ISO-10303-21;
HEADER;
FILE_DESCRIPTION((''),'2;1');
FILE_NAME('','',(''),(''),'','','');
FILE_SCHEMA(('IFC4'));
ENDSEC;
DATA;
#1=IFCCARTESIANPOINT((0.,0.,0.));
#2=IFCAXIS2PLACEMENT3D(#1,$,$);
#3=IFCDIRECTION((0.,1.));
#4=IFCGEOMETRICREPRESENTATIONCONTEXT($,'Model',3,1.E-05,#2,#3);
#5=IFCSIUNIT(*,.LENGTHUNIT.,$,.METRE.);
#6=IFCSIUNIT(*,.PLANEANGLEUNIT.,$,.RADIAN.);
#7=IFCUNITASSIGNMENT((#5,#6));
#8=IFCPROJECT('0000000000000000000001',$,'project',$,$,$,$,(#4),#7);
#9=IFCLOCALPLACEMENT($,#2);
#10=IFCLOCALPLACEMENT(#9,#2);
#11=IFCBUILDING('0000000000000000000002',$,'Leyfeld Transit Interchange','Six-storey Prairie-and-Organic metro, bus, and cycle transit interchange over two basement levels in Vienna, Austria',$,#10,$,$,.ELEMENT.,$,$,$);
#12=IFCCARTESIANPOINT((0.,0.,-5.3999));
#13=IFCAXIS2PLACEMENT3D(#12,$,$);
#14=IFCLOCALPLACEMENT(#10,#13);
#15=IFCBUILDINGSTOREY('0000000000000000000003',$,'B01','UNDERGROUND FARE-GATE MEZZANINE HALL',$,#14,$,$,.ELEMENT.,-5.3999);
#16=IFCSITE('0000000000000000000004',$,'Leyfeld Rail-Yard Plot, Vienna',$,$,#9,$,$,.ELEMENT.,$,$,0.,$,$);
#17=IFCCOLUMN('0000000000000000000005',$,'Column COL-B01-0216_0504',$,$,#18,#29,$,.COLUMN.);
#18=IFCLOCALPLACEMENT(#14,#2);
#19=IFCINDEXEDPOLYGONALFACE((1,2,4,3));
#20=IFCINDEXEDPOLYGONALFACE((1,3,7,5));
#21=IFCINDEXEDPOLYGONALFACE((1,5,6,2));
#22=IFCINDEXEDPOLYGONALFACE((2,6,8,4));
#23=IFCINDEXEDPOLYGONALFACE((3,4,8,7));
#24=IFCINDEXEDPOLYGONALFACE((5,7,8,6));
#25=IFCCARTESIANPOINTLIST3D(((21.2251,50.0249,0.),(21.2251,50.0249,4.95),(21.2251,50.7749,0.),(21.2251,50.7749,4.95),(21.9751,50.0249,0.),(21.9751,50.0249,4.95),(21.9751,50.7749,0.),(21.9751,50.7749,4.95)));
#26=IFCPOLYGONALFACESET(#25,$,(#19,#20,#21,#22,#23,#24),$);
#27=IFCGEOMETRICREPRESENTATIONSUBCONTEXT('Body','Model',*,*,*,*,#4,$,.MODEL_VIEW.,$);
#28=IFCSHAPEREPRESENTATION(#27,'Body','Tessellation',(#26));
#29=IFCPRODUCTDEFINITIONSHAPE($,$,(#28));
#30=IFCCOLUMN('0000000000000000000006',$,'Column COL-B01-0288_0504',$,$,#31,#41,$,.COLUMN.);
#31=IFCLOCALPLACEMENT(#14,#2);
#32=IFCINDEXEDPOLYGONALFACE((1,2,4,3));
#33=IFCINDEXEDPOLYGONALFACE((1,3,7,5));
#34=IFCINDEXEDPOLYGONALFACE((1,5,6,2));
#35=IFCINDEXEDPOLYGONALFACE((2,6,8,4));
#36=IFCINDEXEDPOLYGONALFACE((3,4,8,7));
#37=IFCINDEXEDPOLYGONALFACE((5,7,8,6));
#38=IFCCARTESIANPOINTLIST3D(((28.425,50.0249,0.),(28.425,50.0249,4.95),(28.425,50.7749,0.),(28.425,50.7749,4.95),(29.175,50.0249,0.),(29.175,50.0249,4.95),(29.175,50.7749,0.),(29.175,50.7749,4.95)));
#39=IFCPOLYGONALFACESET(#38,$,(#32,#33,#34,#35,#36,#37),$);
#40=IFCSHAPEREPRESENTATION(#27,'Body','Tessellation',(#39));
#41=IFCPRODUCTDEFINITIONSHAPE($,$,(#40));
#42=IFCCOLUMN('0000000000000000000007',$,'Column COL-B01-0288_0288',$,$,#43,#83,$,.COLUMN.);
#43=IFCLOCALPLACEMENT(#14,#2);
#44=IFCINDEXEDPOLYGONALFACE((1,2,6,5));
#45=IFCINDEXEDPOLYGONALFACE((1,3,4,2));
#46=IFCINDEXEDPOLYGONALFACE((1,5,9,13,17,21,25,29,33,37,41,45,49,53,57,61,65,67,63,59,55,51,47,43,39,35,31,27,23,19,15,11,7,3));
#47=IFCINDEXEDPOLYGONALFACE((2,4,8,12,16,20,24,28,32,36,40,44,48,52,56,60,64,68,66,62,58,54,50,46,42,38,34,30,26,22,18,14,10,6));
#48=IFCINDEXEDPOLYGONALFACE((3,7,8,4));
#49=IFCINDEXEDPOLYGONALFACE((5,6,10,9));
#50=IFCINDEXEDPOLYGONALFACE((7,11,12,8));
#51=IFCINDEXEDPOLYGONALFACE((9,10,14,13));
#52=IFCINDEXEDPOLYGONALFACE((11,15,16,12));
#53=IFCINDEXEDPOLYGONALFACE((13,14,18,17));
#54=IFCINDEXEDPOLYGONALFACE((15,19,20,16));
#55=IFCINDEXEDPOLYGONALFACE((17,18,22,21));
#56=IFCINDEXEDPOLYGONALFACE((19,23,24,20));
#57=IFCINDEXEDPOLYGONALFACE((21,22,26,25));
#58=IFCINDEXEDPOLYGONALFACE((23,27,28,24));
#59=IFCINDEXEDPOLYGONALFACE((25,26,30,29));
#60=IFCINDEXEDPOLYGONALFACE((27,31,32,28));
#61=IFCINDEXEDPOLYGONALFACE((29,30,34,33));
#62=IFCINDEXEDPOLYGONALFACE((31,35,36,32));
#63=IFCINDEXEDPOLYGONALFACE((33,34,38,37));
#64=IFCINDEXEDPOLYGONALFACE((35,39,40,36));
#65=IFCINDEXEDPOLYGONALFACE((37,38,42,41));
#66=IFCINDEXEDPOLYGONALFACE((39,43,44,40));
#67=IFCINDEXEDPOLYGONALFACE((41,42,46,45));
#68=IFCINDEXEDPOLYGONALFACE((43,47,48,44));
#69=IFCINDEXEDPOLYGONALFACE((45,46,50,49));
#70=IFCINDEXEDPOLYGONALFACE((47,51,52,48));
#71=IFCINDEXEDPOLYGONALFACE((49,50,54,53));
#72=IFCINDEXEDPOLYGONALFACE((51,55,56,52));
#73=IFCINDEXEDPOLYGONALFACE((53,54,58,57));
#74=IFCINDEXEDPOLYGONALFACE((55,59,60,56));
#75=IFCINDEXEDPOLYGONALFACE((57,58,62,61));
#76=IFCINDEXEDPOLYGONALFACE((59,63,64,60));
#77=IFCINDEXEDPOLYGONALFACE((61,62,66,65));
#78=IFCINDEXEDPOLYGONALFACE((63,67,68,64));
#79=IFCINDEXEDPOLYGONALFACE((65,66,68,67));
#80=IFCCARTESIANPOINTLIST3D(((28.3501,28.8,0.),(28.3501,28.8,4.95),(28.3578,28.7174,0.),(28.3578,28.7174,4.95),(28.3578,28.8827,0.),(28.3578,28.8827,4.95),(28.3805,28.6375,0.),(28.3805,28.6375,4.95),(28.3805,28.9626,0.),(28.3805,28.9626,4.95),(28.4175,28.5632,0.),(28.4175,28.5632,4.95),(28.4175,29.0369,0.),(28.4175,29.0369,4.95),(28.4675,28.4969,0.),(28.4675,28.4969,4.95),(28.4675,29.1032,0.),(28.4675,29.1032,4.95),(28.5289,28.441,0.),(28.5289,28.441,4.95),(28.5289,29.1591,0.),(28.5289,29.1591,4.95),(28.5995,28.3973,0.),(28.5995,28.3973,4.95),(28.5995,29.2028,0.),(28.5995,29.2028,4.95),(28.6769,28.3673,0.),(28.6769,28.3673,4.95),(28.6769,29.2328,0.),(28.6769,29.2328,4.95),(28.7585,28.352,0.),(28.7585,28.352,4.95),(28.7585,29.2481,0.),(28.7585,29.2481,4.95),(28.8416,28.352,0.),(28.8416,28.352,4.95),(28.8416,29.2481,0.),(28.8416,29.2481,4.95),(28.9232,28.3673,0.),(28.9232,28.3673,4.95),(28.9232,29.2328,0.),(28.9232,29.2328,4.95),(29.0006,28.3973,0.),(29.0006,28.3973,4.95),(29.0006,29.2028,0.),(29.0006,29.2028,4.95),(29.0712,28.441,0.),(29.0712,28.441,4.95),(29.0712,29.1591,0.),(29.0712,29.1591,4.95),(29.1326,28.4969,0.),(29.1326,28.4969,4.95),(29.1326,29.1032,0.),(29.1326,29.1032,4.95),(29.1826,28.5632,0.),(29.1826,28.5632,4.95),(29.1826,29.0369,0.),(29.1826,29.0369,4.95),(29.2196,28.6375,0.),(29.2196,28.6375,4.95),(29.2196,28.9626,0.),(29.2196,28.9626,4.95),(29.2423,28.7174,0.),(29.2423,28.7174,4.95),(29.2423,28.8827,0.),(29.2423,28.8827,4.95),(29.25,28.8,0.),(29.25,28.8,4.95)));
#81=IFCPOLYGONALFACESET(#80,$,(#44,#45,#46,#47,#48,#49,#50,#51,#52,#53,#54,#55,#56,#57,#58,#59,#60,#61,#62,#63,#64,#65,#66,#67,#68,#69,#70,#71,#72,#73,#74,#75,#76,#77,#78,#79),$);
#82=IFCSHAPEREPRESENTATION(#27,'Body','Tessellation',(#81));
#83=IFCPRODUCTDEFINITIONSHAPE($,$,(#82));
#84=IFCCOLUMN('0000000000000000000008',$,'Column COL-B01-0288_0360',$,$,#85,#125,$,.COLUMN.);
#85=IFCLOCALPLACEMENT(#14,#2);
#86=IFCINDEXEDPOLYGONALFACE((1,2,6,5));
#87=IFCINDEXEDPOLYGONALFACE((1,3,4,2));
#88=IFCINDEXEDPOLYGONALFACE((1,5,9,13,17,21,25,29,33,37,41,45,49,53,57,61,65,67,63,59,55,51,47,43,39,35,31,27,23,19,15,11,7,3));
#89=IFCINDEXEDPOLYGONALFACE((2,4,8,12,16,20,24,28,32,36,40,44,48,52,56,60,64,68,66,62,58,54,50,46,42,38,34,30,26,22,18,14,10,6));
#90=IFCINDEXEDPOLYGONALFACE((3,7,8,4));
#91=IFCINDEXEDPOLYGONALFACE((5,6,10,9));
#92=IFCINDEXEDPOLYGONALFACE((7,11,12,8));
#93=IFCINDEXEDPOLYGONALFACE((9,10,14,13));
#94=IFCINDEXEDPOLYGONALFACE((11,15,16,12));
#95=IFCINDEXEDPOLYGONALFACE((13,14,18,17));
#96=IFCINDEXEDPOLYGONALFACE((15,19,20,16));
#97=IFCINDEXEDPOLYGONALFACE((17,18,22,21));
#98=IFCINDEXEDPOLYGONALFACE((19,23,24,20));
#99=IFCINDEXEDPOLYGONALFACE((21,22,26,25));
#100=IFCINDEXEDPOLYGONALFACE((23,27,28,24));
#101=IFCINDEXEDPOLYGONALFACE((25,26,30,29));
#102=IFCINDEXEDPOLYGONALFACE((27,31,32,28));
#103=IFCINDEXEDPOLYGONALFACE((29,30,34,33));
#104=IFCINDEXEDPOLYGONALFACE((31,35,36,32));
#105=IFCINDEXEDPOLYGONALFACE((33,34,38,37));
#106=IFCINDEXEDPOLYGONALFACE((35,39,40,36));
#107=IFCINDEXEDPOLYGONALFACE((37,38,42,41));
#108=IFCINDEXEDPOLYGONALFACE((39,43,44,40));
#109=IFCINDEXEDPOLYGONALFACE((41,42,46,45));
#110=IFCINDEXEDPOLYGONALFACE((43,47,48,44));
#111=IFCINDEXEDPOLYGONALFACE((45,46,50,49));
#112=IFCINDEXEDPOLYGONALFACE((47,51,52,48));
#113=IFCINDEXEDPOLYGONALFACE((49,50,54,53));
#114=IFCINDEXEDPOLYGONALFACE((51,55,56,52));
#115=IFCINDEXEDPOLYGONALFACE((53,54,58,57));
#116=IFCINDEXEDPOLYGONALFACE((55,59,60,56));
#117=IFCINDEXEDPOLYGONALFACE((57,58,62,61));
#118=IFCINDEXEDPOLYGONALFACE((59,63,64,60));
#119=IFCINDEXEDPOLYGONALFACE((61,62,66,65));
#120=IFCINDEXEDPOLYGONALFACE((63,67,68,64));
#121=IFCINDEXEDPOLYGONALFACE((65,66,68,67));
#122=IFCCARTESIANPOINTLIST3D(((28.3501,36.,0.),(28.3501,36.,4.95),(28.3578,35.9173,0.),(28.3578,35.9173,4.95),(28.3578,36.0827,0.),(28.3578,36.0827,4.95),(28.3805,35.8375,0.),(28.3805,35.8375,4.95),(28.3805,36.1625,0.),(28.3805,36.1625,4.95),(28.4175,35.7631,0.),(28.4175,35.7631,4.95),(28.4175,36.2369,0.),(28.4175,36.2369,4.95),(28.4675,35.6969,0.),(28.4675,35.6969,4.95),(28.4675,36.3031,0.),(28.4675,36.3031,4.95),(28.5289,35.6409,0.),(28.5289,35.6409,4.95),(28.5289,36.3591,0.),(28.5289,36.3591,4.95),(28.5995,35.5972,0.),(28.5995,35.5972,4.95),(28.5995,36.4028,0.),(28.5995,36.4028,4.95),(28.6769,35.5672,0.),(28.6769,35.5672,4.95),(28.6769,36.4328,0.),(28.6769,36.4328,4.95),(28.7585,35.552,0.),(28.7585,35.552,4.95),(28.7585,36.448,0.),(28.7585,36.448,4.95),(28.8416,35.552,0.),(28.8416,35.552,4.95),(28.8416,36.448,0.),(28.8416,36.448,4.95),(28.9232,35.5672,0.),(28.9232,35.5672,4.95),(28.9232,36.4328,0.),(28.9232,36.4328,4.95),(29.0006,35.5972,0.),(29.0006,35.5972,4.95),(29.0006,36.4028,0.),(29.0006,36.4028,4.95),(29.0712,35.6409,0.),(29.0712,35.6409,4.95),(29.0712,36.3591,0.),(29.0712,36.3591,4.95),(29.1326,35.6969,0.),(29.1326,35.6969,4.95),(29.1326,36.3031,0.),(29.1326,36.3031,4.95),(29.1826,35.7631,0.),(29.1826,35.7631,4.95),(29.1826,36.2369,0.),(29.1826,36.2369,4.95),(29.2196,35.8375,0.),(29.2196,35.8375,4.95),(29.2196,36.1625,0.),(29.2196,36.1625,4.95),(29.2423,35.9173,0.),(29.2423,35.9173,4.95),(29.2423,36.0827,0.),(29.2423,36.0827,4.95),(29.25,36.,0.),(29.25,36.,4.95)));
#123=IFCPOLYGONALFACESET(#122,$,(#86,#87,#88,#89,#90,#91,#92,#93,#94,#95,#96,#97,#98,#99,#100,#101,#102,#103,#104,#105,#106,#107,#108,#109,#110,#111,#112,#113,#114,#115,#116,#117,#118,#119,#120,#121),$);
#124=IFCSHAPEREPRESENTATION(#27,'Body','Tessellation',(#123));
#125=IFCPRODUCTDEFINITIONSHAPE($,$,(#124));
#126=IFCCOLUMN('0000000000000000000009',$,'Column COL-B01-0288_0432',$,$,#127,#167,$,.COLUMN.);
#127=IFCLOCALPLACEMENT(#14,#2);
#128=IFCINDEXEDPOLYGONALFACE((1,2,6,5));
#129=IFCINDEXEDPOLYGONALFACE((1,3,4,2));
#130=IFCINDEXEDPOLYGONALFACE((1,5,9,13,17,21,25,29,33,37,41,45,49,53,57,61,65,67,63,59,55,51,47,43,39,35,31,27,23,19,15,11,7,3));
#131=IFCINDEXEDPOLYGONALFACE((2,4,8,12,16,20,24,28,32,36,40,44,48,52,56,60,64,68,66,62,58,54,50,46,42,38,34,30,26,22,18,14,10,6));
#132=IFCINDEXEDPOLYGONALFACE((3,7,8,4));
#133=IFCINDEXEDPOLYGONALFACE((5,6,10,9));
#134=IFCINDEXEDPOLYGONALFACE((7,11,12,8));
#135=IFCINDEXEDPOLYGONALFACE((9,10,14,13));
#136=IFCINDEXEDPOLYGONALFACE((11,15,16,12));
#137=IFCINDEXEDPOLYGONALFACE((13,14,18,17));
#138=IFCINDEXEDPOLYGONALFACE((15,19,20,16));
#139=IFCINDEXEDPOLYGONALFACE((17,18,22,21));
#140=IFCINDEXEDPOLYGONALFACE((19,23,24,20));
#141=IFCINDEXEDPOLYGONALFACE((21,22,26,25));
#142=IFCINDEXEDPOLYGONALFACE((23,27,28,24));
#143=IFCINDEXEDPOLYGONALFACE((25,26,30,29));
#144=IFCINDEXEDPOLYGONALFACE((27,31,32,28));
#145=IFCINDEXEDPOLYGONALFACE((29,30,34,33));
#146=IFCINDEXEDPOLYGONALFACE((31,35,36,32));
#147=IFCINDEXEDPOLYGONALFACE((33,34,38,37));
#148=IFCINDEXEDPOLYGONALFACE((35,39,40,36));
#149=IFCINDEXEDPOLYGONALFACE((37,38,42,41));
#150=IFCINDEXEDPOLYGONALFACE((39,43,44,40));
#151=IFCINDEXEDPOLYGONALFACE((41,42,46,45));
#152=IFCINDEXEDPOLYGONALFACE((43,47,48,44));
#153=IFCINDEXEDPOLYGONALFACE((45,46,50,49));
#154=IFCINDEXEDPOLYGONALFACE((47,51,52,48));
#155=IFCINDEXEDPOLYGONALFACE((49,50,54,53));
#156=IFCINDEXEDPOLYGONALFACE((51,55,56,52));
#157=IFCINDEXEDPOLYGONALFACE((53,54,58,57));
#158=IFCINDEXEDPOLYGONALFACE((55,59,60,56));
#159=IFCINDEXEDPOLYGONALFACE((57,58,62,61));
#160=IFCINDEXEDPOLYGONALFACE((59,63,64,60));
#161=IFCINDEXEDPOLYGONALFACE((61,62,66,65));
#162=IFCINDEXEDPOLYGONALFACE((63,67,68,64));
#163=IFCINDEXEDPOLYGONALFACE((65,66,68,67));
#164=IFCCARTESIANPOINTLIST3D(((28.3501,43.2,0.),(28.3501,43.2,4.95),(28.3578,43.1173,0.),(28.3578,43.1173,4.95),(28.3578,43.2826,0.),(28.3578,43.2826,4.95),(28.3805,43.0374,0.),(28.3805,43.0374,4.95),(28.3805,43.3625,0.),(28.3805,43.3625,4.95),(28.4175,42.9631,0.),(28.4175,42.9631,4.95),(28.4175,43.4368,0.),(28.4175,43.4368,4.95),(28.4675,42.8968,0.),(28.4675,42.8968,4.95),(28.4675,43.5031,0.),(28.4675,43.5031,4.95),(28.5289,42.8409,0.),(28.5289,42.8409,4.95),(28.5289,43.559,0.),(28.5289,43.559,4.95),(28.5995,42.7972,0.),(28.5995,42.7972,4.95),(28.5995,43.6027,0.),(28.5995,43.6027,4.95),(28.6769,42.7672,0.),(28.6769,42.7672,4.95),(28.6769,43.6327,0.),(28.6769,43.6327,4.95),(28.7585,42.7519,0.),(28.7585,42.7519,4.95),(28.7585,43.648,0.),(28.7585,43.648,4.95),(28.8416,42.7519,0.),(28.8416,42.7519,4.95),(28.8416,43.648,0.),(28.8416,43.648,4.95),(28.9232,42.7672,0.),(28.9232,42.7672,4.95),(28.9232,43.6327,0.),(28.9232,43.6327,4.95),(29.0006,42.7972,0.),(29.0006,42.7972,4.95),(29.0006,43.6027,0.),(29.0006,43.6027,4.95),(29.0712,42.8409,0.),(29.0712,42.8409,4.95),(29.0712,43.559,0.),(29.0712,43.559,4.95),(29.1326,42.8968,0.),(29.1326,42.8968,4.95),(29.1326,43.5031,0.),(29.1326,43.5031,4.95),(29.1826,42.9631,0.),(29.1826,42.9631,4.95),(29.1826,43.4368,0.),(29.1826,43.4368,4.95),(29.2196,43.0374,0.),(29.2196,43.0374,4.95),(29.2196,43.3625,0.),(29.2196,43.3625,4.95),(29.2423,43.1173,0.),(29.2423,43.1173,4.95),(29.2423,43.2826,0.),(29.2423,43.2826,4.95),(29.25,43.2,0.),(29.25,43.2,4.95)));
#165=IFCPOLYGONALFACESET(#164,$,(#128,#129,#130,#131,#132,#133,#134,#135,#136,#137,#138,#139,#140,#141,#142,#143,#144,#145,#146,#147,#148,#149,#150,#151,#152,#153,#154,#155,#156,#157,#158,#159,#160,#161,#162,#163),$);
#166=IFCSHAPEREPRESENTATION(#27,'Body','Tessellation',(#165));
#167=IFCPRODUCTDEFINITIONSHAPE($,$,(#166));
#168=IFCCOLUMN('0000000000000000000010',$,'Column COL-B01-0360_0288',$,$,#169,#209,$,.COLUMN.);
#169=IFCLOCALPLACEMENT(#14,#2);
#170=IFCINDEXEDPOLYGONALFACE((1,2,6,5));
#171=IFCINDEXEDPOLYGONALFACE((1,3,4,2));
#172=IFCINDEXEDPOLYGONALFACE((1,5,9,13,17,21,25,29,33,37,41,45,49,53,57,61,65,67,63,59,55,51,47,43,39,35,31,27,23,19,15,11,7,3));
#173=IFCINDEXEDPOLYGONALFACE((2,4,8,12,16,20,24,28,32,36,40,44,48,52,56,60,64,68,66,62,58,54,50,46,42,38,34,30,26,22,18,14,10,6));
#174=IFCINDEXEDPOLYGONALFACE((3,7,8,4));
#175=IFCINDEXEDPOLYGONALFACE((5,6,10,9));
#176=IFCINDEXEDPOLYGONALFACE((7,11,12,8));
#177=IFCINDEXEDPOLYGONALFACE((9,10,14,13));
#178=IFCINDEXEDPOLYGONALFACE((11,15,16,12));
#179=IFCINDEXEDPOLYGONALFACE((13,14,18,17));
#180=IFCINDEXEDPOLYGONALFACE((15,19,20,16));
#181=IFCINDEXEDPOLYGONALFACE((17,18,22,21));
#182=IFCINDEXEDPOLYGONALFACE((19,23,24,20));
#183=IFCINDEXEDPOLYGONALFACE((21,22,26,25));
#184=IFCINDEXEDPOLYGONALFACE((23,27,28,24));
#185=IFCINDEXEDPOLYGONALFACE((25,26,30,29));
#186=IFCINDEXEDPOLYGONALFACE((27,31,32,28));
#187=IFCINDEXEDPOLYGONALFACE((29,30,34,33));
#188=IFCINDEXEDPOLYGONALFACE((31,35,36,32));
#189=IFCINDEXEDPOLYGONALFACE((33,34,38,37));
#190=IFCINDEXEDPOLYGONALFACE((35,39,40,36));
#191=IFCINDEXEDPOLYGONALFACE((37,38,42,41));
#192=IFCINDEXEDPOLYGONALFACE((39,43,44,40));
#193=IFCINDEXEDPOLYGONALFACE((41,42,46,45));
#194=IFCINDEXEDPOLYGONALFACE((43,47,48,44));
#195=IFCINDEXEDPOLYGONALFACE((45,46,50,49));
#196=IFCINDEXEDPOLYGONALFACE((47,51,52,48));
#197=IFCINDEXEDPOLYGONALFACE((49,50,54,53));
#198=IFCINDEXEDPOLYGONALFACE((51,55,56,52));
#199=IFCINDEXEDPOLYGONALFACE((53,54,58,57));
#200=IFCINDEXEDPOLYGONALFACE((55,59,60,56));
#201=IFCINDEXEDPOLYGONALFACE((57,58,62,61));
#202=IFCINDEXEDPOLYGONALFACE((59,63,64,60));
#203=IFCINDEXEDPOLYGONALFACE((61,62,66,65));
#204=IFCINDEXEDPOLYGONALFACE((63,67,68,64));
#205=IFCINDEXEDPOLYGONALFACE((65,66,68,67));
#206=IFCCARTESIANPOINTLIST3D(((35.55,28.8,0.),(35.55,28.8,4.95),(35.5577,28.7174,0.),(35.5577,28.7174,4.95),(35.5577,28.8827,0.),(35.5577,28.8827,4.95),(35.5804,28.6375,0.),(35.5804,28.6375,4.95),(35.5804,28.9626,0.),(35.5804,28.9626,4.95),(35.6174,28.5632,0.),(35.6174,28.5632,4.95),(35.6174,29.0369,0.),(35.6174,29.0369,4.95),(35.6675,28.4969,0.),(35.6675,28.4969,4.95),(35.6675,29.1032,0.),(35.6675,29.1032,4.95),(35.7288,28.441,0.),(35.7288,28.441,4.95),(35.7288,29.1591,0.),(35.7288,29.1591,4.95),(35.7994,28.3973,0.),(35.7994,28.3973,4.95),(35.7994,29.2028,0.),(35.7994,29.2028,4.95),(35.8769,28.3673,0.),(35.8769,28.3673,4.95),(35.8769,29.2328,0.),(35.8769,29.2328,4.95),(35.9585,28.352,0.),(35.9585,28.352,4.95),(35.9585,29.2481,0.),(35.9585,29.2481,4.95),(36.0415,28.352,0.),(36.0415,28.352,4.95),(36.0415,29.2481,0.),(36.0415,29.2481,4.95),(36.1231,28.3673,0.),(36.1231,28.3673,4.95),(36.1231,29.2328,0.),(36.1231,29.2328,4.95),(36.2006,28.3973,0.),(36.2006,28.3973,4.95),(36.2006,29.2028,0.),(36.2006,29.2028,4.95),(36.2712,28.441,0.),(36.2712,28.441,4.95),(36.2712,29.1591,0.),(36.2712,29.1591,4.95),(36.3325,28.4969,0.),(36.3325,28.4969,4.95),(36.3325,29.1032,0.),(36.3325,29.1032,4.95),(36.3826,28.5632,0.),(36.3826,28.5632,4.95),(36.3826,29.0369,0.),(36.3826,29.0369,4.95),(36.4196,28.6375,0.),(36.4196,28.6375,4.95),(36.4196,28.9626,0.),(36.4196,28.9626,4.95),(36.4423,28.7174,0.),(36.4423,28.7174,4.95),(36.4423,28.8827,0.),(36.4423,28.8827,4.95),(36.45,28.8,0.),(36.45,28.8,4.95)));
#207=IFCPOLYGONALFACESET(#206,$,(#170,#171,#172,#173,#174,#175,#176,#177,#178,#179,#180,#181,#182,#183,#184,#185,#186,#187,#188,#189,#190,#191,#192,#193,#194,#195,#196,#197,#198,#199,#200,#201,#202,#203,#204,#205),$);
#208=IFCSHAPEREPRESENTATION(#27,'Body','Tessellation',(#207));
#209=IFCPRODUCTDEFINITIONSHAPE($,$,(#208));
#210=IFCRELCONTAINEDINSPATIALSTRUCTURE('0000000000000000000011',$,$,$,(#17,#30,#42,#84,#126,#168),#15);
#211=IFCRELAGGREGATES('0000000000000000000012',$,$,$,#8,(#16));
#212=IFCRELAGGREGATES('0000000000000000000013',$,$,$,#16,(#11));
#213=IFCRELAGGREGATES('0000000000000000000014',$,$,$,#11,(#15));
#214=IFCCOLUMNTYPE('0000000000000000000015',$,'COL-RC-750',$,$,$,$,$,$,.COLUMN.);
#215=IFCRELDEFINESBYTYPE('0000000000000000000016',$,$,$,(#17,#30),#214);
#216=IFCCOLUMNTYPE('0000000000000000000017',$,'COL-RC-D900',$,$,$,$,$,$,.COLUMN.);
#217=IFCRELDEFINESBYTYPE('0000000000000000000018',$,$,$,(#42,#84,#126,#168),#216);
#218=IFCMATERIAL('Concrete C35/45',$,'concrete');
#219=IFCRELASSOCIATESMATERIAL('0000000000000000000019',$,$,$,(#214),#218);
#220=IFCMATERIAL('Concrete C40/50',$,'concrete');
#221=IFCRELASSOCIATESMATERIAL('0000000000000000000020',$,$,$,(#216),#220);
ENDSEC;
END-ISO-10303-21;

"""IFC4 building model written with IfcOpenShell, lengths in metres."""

from ifc_helpers import new_model, si_unit, direction, frame, origin, origin_2d, place, context, subcontext, project, spatial, rectangle, circle, extrude, material, material_profile, profile_set, type_object, element, save


model = new_model("IFC4")

# Units and contexts
model_context = context("Model", 3, precision=1e-05, world=origin(), true_north=direction((0.0, 1.0)))
body_context = subcontext(model_context, "Body", "Model", "MODEL_VIEW")
ifc_project = project(units=[si_unit("LENGTHUNIT", "METRE"), si_unit("PLANEANGLEUNIT", "RADIAN")], contexts=[model_context])

# Site, building, storey
site_placement = place(None, origin())
site = spatial("IfcSite", under=ifc_project, at=site_placement, Name="Leyfeld Rail-Yard Plot, Vienna", CompositionType="ELEMENT", RefElevation=0.0)
building_placement = place(site_placement, origin())
building = spatial("IfcBuilding", under=site, at=building_placement, Name="Leyfeld Transit Interchange", Description="Six-storey Prairie-and-Organic metro, bus, and cycle transit interchange over two basement levels in Vienna, Austria", CompositionType="ELEMENT")
storey_placement = place(building_placement, frame((0.0, 0.0, -5.3999)))
storey = spatial("IfcBuildingStorey", under=building, at=storey_placement, Name="B01", Description="UNDERGROUND FARE-GATE MEZZANINE HALL", CompositionType="ELEMENT", Elevation=-5.3999)

# Columns
ifc_material_1 = material(Name="Concrete C35/45", Category="concrete")
ifc_material_profile_1 = material_profile(ifc_material_1, rectangle(XDim=0.75, YDim=0.75, at=origin_2d()), Name="RC 750x750")
ifc_profile_set_1 = profile_set([ifc_material_profile_1], Name="Concrete C35/45")
column_type_1 = type_object("IfcColumnType", Name="COL-RC-750", PredefinedType="COLUMN", material=ifc_profile_set_1)
for number, where, z_axis, x_axis, name in (
    (1, (21.6001, 50.3999, 0.0), (0.0, 0.0, 1.0), (1.0, 0.0, 0.0), "Column COL-B01-0216_0504"),
    (2, (28.8, 50.3999, 0.0), (0.0, 0.0, 1.0), (1.0, 0.0, 0.0), "Column COL-B01-0288_0504"),
):
    element("IfcColumn", number, at=place(storey_placement, frame(where, z_axis=z_axis, x_axis=x_axis)), inside=storey, type_object=column_type_1, Name=name, PredefinedType="COLUMN", context=body_context, shape_type="SweptSolid", body=[
        extrude(rectangle(XDim=0.75, YDim=0.75, at=origin_2d()), origin(), (0.0, 0.0, 1.0), 4.95),
    ])
ifc_material_2 = material(Name="Concrete C40/50", Category="concrete")
ifc_material_profile_2 = material_profile(ifc_material_2, circle(Radius=0.45, at=origin_2d()), Name="RC D900")
ifc_profile_set_2 = profile_set([ifc_material_profile_2], Name="Concrete C40/50")
column_type_2 = type_object("IfcColumnType", Name="COL-RC-D900", PredefinedType="COLUMN", material=ifc_profile_set_2)
for number, where, z_axis, x_axis, name in (
    (3, (28.8, 28.8, 0.0), (0.0, 0.0, 1.0), (1.0, 0.0, 0.0), "Column COL-B01-0288_0288"),
    (4, (28.8, 36.0, 0.0), (0.0, 0.0, 1.0), (1.0, 0.0, 0.0), "Column COL-B01-0288_0360"),
    (5, (28.8, 43.2, 0.0), (0.0, 0.0, 1.0), (1.0, 0.0, 0.0), "Column COL-B01-0288_0432"),
    (6, (36.0, 28.8, 0.0), (0.0, 0.0, 1.0), (1.0, 0.0, 0.0), "Column COL-B01-0360_0288"),
):
    element("IfcColumn", number, at=place(storey_placement, frame(where, z_axis=z_axis, x_axis=x_axis)), inside=storey, type_object=column_type_2, Name=name, PredefinedType="COLUMN", context=body_context, shape_type="SweptSolid", body=[
        extrude(circle(Radius=0.45, at=origin_2d()), origin(), (0.0, 0.0, 1.0), 4.95),
    ])

save(model, "model.ifc")
